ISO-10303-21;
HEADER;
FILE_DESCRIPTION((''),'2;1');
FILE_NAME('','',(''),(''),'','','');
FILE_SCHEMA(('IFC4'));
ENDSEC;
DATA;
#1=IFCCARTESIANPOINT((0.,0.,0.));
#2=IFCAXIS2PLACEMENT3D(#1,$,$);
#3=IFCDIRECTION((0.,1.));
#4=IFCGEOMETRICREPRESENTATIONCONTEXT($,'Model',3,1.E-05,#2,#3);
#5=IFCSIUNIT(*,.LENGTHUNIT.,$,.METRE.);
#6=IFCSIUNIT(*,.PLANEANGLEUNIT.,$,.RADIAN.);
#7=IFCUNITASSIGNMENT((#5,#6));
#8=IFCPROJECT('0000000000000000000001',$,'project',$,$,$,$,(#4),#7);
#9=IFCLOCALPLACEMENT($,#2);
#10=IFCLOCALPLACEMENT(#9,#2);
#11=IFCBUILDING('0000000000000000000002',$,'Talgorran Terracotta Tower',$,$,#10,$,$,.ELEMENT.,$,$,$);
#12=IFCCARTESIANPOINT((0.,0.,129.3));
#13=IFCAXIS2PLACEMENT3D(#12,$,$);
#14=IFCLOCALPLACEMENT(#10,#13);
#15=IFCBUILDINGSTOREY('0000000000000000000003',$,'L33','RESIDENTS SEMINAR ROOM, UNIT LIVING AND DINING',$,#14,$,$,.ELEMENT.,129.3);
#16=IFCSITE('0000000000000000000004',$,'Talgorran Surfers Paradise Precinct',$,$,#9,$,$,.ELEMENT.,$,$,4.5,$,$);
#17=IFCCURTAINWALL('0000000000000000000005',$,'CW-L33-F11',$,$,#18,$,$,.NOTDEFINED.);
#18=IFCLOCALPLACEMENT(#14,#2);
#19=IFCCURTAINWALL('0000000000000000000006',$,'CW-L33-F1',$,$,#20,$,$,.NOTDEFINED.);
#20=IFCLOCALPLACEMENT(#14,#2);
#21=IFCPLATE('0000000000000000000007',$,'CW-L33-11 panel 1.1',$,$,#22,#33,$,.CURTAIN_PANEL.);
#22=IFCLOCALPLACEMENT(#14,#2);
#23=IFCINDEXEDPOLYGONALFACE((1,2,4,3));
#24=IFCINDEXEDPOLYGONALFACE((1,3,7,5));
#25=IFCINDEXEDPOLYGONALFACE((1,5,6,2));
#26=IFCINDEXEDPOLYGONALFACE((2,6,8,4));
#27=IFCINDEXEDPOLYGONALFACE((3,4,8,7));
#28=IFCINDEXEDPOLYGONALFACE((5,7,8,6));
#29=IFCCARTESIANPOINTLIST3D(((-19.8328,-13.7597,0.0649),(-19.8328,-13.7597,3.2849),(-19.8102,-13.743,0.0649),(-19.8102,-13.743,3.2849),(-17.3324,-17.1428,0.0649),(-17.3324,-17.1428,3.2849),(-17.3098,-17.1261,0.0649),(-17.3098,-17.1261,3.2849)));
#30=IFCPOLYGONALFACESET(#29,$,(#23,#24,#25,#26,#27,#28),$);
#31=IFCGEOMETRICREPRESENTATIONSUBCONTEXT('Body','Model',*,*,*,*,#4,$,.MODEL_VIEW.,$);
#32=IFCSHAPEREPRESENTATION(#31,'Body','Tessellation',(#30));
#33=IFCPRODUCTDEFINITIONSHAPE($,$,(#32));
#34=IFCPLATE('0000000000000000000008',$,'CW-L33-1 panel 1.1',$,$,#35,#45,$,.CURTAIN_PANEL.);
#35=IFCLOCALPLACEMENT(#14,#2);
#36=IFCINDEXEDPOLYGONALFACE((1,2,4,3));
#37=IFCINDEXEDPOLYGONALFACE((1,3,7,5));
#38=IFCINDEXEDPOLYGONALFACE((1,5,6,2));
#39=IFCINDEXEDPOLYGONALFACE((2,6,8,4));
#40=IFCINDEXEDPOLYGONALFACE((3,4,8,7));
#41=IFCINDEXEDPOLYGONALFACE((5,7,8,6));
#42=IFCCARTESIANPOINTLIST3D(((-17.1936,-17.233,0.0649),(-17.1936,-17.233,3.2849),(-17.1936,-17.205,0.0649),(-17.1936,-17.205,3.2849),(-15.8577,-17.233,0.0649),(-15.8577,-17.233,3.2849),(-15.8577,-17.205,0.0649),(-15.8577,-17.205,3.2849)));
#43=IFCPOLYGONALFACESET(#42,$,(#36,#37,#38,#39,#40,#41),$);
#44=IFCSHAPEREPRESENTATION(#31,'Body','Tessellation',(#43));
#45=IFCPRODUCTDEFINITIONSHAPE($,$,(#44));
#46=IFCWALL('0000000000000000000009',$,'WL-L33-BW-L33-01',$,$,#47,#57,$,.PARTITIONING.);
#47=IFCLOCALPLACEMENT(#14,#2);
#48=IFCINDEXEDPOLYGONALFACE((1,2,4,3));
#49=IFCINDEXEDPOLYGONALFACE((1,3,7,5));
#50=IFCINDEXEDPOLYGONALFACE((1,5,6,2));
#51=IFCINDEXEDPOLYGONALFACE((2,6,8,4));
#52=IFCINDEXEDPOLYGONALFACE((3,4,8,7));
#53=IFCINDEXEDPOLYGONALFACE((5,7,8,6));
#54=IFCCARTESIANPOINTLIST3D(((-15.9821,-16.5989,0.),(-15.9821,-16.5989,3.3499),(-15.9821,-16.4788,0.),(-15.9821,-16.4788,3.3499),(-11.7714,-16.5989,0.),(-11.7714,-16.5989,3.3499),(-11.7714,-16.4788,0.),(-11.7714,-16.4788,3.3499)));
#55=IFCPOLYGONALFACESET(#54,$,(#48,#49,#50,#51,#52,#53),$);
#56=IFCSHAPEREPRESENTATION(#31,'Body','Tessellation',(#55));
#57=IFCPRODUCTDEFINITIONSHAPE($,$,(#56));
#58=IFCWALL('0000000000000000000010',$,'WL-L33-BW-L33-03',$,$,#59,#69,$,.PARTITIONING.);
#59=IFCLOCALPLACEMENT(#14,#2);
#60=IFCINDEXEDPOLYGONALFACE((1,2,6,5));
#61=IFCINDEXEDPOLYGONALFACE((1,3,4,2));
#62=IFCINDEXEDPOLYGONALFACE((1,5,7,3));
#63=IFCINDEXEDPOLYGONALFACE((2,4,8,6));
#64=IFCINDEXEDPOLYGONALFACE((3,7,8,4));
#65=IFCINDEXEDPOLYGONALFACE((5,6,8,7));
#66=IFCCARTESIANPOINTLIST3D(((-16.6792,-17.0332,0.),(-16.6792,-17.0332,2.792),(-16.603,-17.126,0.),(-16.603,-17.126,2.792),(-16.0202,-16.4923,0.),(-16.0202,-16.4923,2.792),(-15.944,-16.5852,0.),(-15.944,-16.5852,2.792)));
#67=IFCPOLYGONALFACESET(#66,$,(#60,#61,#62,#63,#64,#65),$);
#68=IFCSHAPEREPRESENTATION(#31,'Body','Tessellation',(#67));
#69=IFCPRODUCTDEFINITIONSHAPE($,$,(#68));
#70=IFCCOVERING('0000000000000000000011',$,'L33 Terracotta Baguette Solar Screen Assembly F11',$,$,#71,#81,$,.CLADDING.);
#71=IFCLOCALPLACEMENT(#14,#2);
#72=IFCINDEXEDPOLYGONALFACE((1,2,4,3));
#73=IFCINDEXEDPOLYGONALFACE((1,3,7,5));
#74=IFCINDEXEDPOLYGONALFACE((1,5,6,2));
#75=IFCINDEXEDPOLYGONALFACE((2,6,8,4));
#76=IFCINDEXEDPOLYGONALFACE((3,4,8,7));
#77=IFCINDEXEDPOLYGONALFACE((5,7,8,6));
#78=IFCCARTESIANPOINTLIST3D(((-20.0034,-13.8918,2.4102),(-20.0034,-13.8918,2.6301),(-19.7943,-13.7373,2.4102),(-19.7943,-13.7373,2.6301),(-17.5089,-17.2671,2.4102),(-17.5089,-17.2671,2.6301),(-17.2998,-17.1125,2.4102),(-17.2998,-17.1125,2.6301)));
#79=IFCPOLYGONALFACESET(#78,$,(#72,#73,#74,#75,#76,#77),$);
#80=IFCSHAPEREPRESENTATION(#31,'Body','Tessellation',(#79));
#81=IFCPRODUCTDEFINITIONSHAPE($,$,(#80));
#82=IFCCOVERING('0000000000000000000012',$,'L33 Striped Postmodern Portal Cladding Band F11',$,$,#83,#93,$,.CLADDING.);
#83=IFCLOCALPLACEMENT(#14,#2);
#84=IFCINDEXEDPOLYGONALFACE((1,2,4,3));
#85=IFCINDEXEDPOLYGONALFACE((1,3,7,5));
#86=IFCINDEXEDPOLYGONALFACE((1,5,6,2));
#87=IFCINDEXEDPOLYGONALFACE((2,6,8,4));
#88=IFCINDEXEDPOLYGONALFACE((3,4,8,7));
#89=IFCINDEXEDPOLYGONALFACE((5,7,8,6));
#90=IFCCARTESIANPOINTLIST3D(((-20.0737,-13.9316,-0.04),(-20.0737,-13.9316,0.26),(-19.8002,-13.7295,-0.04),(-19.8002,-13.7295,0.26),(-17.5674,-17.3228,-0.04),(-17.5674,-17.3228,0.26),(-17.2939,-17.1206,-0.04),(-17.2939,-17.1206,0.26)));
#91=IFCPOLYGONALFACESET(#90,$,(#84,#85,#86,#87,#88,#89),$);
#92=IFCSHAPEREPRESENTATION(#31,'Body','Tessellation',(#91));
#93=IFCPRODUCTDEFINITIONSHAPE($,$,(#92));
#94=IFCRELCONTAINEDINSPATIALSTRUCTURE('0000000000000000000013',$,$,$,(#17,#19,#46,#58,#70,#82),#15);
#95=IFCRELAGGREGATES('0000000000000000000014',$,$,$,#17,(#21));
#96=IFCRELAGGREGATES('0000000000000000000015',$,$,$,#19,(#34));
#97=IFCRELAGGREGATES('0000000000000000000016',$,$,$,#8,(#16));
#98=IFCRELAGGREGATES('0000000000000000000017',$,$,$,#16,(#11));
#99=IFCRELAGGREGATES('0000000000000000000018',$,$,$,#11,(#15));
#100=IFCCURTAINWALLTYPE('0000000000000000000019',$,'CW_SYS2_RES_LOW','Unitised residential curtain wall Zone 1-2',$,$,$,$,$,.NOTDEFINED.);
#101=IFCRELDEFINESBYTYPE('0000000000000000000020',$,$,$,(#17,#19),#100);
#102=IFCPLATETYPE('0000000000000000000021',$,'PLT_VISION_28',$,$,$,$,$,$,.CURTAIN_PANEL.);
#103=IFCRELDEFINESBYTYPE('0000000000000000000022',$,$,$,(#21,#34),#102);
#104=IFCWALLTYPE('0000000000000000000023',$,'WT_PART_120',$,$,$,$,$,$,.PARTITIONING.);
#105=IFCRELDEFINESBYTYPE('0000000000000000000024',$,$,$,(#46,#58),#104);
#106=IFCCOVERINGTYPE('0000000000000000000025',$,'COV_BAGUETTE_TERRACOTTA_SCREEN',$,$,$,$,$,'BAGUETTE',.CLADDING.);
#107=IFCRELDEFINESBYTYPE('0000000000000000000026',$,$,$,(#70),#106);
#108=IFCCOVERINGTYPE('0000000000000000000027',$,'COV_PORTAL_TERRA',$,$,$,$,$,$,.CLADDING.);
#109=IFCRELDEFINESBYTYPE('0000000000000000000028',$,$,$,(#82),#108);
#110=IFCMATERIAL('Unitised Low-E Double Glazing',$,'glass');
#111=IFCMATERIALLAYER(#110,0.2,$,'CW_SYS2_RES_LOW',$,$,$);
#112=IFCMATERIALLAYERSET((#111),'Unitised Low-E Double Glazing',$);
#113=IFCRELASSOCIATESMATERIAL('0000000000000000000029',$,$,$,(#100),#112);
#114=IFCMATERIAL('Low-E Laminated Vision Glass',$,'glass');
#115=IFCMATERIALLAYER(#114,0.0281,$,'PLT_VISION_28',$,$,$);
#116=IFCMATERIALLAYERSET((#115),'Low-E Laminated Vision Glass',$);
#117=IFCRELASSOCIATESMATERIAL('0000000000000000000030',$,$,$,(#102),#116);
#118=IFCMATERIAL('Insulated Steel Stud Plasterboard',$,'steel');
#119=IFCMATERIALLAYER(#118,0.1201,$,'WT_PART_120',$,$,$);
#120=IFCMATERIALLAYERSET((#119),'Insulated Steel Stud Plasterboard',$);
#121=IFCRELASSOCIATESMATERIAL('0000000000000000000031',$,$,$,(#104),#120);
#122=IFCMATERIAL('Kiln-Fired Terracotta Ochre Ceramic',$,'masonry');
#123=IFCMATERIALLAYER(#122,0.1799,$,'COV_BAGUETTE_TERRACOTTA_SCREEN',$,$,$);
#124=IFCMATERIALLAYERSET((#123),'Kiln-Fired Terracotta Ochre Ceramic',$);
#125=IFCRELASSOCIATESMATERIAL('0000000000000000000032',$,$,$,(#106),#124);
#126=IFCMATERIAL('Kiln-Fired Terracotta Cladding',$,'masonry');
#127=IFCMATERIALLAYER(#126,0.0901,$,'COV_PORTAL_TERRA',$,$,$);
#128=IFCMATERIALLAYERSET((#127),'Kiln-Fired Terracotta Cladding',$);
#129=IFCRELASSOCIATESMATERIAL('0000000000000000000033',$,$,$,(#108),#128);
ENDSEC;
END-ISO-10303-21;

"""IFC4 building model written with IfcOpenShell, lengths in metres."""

from ifc_helpers import new_model, si_unit, direction, frame, frame_2d, origin, origin_2d, place, context, subcontext, project, spatial, rectangle, extrude, source, transform, mapped, material, layer, layer_set, type_object, type_shapes, element, aggregate, save


model = new_model("IFC4")

# Units and contexts
model_context = context("Model", 3, precision=1e-05, world=origin(), true_north=direction((0.0, 1.0)))
body_context = subcontext(model_context, "Body", "Model", "MODEL_VIEW")
ifc_project = project(units=[si_unit("LENGTHUNIT", "METRE"), si_unit("PLANEANGLEUNIT", "RADIAN")], contexts=[model_context])

# Site, building, storey
site_placement = place(None, origin())
site = spatial("IfcSite", under=ifc_project, at=site_placement, Name="Talgorran Surfers Paradise Precinct", CompositionType="ELEMENT", RefElevation=4.5)
building_placement = place(site_placement, origin())
building = spatial("IfcBuilding", under=site, at=building_placement, Name="Talgorran Terracotta Tower", CompositionType="ELEMENT")
storey_placement = place(building_placement, frame((0.0, 0.0, 129.3)))
storey = spatial("IfcBuildingStorey", under=building, at=storey_placement, Name="L33", Description="RESIDENTS SEMINAR ROOM, UNIT LIVING AND DINING", CompositionType="ELEMENT", Elevation=129.3)

# Curtain wall
ifc_material_1 = material(Name="Unitised Low-E Double Glazing", Category="glass")
ifc_layer_1 = layer(ifc_material_1, 0.2, Name="CW_SYS2_RES_LOW")
ifc_layer_set_1 = layer_set([ifc_layer_1], Name="Unitised Low-E Double Glazing")
curtain_wall_type = type_object("IfcCurtainWallType", Name="CW_SYS2_RES_LOW", Description="Unitised residential curtain wall Zone 1-2", PredefinedType="NOTDEFINED", material=ifc_layer_set_1)
curtain_wall_1_placement = place(storey_placement, origin())
curtain_wall_1 = element("IfcCurtainWall", 1, at=curtain_wall_1_placement, inside=storey, type_object=curtain_wall_type, Name="CW-L33-F11", PredefinedType="NOTDEFINED")

# Curtain wall
curtain_wall_2_placement = place(storey_placement, origin())
curtain_wall_2 = element("IfcCurtainWall", 2, at=curtain_wall_2_placement, inside=storey, type_object=curtain_wall_type, Name="CW-L33-F1", PredefinedType="NOTDEFINED")

# Plates
ifc_material_2 = material(Name="Low-E Laminated Vision Glass", Category="glass")
ifc_layer_2 = layer(ifc_material_2, 0.0281, Name="PLT_VISION_28")
ifc_layer_set_2 = layer_set([ifc_layer_2], Name="Low-E Laminated Vision Glass")
plate_type_1 = type_object("IfcPlateType", Name="PLT_VISION_28", PredefinedType="CURTAIN_PANEL", material=ifc_layer_set_2)
shared_shape_1 = source(origin(), body_context, "Body", "SweptSolid", [
    extrude(rectangle(XDim=4.2068, YDim=0.0281, at=origin_2d()), origin(), (0.0, 0.0, 1.0), 3.22),
])
plate_1_placement = place(storey_placement, frame((-18.5713, -15.4429, 0.0649), z_axis=(0.0, 0.0, 1.0), x_axis=(0.594366, -0.804194, 0.0)))
plate_1 = element("IfcPlate", 3, at=plate_1_placement, type_object=plate_type_1, Name="CW-L33-11 panel 1.1", PredefinedType="CURTAIN_PANEL", context=body_context, shape_type="MappedRepresentation", body=[
    mapped(shared_shape_1, transform((0.0, 0.0, 0.0), scale=1.0)),
])
aggregate(curtain_wall_1, [plate_1])
shared_shape_2 = source(origin(), body_context, "Body", "SweptSolid", [
    extrude(rectangle(XDim=1.3359, YDim=0.0281, at=origin_2d()), origin(), (0.0, 0.0, 1.0), 3.22),
])
type_shapes(plate_type_1, [shared_shape_1, shared_shape_2])
plate_2_placement = place(storey_placement, frame((-16.5256, -17.219, 0.0649), z_axis=(0.0, 0.0, 1.0), x_axis=(1.0, 0.0, 0.0)))
plate_2 = element("IfcPlate", 4, at=plate_2_placement, type_object=plate_type_1, Name="CW-L33-1 panel 1.1", PredefinedType="CURTAIN_PANEL", context=body_context, shape_type="MappedRepresentation", body=[
    mapped(shared_shape_2, transform((0.0, 0.0, 0.0), scale=1.0)),
])
aggregate(curtain_wall_2, [plate_2])

# Walls
ifc_material_3 = material(Name="Insulated Steel Stud Plasterboard", Category="steel")
ifc_layer_3 = layer(ifc_material_3, 0.1201, Name="WT_PART_120")
ifc_layer_set_3 = layer_set([ifc_layer_3], Name="Insulated Steel Stud Plasterboard")
wall_type = type_object("IfcWallType", Name="WT_PART_120", PredefinedType="PARTITIONING", material=ifc_layer_set_3)
wall_1_placement = place(storey_placement, frame((-15.9822, -16.5388, 0.0), z_axis=(0.0, 0.0, 1.0), x_axis=(1.0, 0.0, 0.0)))
element("IfcWall", 5, at=wall_1_placement, inside=storey, type_object=wall_type, Name="WL-L33-BW-L33-01", PredefinedType="PARTITIONING", context=body_context, shape_type="SweptSolid", body=[
    extrude(rectangle(XDim=4.2107, YDim=0.1201, at=frame_2d((2.1055, 0.0))), origin(), (0.0, 0.0, 1.0), 3.3499),
])
wall_2_placement = place(storey_placement, frame((-16.6411, -17.0796, 0.0), z_axis=(0.0, 0.0, 1.0), x_axis=(0.773012, 0.634391, 0.0)))
element("IfcWall", 6, at=wall_2_placement, inside=storey, type_object=wall_type, Name="WL-L33-BW-L33-03", PredefinedType="PARTITIONING", context=body_context, shape_type="SweptSolid", body=[
    extrude(rectangle(XDim=0.8525, YDim=0.1201, at=frame_2d((0.4263, 0.0))), origin(), (0.0, 0.0, 1.0), 2.792),
])

# Coverings
ifc_material_4 = material(Name="Kiln-Fired Terracotta Ochre Ceramic", Category="masonry")
ifc_layer_4 = layer(ifc_material_4, 0.1799, Name="COV_BAGUETTE_TERRACOTTA_SCREEN")
ifc_layer_set_4 = layer_set([ifc_layer_4], Name="Kiln-Fired Terracotta Ochre Ceramic")
covering_type_1 = type_object("IfcCoveringType", Name="COV_BAGUETTE_TERRACOTTA_SCREEN", ElementType="BAGUETTE", PredefinedType="CLADDING", material=ifc_layer_set_4)
covering_1_placement = place(storey_placement, frame((-18.6516, -15.5022, 2.4102), z_axis=(0.0, 0.0, 1.0), x_axis=(0.59436, -0.804199, 0.0)))
element("IfcCovering", 7, at=covering_1_placement, inside=storey, type_object=covering_type_1, Name="L33 Terracotta Baguette Solar Screen Assembly F11", PredefinedType="CLADDING", context=body_context, shape_type="SweptSolid", body=[
    extrude(rectangle(XDim=4.197, YDim=0.26, at=origin_2d()), origin(), (0.0, 0.0, 1.0), 0.22),
])
ifc_material_5 = material(Name="Kiln-Fired Terracotta Cladding", Category="masonry")
ifc_layer_5 = layer(ifc_material_5, 0.0901, Name="COV_PORTAL_TERRA")
ifc_layer_set_5 = layer_set([ifc_layer_5], Name="Kiln-Fired Terracotta Cladding")
covering_type_2 = type_object("IfcCoveringType", Name="COV_PORTAL_TERRA", PredefinedType="CLADDING", material=ifc_layer_set_5)
covering_2_placement = place(storey_placement, frame((-18.6838, -15.5261, -0.04), z_axis=(0.0, 0.0, 1.0), x_axis=(0.59436, -0.804199, 0.0)))
element("IfcCovering", 8, at=covering_2_placement, inside=storey, type_object=covering_type_2, Name="L33 Striped Postmodern Portal Cladding Band F11", PredefinedType="CLADDING", context=body_context, shape_type="SweptSolid", body=[
    extrude(rectangle(XDim=4.2168, YDim=0.3401, at=origin_2d()), origin(), (0.0, 0.0, 1.0), 0.3),
])

save(model, "model.ifc")
